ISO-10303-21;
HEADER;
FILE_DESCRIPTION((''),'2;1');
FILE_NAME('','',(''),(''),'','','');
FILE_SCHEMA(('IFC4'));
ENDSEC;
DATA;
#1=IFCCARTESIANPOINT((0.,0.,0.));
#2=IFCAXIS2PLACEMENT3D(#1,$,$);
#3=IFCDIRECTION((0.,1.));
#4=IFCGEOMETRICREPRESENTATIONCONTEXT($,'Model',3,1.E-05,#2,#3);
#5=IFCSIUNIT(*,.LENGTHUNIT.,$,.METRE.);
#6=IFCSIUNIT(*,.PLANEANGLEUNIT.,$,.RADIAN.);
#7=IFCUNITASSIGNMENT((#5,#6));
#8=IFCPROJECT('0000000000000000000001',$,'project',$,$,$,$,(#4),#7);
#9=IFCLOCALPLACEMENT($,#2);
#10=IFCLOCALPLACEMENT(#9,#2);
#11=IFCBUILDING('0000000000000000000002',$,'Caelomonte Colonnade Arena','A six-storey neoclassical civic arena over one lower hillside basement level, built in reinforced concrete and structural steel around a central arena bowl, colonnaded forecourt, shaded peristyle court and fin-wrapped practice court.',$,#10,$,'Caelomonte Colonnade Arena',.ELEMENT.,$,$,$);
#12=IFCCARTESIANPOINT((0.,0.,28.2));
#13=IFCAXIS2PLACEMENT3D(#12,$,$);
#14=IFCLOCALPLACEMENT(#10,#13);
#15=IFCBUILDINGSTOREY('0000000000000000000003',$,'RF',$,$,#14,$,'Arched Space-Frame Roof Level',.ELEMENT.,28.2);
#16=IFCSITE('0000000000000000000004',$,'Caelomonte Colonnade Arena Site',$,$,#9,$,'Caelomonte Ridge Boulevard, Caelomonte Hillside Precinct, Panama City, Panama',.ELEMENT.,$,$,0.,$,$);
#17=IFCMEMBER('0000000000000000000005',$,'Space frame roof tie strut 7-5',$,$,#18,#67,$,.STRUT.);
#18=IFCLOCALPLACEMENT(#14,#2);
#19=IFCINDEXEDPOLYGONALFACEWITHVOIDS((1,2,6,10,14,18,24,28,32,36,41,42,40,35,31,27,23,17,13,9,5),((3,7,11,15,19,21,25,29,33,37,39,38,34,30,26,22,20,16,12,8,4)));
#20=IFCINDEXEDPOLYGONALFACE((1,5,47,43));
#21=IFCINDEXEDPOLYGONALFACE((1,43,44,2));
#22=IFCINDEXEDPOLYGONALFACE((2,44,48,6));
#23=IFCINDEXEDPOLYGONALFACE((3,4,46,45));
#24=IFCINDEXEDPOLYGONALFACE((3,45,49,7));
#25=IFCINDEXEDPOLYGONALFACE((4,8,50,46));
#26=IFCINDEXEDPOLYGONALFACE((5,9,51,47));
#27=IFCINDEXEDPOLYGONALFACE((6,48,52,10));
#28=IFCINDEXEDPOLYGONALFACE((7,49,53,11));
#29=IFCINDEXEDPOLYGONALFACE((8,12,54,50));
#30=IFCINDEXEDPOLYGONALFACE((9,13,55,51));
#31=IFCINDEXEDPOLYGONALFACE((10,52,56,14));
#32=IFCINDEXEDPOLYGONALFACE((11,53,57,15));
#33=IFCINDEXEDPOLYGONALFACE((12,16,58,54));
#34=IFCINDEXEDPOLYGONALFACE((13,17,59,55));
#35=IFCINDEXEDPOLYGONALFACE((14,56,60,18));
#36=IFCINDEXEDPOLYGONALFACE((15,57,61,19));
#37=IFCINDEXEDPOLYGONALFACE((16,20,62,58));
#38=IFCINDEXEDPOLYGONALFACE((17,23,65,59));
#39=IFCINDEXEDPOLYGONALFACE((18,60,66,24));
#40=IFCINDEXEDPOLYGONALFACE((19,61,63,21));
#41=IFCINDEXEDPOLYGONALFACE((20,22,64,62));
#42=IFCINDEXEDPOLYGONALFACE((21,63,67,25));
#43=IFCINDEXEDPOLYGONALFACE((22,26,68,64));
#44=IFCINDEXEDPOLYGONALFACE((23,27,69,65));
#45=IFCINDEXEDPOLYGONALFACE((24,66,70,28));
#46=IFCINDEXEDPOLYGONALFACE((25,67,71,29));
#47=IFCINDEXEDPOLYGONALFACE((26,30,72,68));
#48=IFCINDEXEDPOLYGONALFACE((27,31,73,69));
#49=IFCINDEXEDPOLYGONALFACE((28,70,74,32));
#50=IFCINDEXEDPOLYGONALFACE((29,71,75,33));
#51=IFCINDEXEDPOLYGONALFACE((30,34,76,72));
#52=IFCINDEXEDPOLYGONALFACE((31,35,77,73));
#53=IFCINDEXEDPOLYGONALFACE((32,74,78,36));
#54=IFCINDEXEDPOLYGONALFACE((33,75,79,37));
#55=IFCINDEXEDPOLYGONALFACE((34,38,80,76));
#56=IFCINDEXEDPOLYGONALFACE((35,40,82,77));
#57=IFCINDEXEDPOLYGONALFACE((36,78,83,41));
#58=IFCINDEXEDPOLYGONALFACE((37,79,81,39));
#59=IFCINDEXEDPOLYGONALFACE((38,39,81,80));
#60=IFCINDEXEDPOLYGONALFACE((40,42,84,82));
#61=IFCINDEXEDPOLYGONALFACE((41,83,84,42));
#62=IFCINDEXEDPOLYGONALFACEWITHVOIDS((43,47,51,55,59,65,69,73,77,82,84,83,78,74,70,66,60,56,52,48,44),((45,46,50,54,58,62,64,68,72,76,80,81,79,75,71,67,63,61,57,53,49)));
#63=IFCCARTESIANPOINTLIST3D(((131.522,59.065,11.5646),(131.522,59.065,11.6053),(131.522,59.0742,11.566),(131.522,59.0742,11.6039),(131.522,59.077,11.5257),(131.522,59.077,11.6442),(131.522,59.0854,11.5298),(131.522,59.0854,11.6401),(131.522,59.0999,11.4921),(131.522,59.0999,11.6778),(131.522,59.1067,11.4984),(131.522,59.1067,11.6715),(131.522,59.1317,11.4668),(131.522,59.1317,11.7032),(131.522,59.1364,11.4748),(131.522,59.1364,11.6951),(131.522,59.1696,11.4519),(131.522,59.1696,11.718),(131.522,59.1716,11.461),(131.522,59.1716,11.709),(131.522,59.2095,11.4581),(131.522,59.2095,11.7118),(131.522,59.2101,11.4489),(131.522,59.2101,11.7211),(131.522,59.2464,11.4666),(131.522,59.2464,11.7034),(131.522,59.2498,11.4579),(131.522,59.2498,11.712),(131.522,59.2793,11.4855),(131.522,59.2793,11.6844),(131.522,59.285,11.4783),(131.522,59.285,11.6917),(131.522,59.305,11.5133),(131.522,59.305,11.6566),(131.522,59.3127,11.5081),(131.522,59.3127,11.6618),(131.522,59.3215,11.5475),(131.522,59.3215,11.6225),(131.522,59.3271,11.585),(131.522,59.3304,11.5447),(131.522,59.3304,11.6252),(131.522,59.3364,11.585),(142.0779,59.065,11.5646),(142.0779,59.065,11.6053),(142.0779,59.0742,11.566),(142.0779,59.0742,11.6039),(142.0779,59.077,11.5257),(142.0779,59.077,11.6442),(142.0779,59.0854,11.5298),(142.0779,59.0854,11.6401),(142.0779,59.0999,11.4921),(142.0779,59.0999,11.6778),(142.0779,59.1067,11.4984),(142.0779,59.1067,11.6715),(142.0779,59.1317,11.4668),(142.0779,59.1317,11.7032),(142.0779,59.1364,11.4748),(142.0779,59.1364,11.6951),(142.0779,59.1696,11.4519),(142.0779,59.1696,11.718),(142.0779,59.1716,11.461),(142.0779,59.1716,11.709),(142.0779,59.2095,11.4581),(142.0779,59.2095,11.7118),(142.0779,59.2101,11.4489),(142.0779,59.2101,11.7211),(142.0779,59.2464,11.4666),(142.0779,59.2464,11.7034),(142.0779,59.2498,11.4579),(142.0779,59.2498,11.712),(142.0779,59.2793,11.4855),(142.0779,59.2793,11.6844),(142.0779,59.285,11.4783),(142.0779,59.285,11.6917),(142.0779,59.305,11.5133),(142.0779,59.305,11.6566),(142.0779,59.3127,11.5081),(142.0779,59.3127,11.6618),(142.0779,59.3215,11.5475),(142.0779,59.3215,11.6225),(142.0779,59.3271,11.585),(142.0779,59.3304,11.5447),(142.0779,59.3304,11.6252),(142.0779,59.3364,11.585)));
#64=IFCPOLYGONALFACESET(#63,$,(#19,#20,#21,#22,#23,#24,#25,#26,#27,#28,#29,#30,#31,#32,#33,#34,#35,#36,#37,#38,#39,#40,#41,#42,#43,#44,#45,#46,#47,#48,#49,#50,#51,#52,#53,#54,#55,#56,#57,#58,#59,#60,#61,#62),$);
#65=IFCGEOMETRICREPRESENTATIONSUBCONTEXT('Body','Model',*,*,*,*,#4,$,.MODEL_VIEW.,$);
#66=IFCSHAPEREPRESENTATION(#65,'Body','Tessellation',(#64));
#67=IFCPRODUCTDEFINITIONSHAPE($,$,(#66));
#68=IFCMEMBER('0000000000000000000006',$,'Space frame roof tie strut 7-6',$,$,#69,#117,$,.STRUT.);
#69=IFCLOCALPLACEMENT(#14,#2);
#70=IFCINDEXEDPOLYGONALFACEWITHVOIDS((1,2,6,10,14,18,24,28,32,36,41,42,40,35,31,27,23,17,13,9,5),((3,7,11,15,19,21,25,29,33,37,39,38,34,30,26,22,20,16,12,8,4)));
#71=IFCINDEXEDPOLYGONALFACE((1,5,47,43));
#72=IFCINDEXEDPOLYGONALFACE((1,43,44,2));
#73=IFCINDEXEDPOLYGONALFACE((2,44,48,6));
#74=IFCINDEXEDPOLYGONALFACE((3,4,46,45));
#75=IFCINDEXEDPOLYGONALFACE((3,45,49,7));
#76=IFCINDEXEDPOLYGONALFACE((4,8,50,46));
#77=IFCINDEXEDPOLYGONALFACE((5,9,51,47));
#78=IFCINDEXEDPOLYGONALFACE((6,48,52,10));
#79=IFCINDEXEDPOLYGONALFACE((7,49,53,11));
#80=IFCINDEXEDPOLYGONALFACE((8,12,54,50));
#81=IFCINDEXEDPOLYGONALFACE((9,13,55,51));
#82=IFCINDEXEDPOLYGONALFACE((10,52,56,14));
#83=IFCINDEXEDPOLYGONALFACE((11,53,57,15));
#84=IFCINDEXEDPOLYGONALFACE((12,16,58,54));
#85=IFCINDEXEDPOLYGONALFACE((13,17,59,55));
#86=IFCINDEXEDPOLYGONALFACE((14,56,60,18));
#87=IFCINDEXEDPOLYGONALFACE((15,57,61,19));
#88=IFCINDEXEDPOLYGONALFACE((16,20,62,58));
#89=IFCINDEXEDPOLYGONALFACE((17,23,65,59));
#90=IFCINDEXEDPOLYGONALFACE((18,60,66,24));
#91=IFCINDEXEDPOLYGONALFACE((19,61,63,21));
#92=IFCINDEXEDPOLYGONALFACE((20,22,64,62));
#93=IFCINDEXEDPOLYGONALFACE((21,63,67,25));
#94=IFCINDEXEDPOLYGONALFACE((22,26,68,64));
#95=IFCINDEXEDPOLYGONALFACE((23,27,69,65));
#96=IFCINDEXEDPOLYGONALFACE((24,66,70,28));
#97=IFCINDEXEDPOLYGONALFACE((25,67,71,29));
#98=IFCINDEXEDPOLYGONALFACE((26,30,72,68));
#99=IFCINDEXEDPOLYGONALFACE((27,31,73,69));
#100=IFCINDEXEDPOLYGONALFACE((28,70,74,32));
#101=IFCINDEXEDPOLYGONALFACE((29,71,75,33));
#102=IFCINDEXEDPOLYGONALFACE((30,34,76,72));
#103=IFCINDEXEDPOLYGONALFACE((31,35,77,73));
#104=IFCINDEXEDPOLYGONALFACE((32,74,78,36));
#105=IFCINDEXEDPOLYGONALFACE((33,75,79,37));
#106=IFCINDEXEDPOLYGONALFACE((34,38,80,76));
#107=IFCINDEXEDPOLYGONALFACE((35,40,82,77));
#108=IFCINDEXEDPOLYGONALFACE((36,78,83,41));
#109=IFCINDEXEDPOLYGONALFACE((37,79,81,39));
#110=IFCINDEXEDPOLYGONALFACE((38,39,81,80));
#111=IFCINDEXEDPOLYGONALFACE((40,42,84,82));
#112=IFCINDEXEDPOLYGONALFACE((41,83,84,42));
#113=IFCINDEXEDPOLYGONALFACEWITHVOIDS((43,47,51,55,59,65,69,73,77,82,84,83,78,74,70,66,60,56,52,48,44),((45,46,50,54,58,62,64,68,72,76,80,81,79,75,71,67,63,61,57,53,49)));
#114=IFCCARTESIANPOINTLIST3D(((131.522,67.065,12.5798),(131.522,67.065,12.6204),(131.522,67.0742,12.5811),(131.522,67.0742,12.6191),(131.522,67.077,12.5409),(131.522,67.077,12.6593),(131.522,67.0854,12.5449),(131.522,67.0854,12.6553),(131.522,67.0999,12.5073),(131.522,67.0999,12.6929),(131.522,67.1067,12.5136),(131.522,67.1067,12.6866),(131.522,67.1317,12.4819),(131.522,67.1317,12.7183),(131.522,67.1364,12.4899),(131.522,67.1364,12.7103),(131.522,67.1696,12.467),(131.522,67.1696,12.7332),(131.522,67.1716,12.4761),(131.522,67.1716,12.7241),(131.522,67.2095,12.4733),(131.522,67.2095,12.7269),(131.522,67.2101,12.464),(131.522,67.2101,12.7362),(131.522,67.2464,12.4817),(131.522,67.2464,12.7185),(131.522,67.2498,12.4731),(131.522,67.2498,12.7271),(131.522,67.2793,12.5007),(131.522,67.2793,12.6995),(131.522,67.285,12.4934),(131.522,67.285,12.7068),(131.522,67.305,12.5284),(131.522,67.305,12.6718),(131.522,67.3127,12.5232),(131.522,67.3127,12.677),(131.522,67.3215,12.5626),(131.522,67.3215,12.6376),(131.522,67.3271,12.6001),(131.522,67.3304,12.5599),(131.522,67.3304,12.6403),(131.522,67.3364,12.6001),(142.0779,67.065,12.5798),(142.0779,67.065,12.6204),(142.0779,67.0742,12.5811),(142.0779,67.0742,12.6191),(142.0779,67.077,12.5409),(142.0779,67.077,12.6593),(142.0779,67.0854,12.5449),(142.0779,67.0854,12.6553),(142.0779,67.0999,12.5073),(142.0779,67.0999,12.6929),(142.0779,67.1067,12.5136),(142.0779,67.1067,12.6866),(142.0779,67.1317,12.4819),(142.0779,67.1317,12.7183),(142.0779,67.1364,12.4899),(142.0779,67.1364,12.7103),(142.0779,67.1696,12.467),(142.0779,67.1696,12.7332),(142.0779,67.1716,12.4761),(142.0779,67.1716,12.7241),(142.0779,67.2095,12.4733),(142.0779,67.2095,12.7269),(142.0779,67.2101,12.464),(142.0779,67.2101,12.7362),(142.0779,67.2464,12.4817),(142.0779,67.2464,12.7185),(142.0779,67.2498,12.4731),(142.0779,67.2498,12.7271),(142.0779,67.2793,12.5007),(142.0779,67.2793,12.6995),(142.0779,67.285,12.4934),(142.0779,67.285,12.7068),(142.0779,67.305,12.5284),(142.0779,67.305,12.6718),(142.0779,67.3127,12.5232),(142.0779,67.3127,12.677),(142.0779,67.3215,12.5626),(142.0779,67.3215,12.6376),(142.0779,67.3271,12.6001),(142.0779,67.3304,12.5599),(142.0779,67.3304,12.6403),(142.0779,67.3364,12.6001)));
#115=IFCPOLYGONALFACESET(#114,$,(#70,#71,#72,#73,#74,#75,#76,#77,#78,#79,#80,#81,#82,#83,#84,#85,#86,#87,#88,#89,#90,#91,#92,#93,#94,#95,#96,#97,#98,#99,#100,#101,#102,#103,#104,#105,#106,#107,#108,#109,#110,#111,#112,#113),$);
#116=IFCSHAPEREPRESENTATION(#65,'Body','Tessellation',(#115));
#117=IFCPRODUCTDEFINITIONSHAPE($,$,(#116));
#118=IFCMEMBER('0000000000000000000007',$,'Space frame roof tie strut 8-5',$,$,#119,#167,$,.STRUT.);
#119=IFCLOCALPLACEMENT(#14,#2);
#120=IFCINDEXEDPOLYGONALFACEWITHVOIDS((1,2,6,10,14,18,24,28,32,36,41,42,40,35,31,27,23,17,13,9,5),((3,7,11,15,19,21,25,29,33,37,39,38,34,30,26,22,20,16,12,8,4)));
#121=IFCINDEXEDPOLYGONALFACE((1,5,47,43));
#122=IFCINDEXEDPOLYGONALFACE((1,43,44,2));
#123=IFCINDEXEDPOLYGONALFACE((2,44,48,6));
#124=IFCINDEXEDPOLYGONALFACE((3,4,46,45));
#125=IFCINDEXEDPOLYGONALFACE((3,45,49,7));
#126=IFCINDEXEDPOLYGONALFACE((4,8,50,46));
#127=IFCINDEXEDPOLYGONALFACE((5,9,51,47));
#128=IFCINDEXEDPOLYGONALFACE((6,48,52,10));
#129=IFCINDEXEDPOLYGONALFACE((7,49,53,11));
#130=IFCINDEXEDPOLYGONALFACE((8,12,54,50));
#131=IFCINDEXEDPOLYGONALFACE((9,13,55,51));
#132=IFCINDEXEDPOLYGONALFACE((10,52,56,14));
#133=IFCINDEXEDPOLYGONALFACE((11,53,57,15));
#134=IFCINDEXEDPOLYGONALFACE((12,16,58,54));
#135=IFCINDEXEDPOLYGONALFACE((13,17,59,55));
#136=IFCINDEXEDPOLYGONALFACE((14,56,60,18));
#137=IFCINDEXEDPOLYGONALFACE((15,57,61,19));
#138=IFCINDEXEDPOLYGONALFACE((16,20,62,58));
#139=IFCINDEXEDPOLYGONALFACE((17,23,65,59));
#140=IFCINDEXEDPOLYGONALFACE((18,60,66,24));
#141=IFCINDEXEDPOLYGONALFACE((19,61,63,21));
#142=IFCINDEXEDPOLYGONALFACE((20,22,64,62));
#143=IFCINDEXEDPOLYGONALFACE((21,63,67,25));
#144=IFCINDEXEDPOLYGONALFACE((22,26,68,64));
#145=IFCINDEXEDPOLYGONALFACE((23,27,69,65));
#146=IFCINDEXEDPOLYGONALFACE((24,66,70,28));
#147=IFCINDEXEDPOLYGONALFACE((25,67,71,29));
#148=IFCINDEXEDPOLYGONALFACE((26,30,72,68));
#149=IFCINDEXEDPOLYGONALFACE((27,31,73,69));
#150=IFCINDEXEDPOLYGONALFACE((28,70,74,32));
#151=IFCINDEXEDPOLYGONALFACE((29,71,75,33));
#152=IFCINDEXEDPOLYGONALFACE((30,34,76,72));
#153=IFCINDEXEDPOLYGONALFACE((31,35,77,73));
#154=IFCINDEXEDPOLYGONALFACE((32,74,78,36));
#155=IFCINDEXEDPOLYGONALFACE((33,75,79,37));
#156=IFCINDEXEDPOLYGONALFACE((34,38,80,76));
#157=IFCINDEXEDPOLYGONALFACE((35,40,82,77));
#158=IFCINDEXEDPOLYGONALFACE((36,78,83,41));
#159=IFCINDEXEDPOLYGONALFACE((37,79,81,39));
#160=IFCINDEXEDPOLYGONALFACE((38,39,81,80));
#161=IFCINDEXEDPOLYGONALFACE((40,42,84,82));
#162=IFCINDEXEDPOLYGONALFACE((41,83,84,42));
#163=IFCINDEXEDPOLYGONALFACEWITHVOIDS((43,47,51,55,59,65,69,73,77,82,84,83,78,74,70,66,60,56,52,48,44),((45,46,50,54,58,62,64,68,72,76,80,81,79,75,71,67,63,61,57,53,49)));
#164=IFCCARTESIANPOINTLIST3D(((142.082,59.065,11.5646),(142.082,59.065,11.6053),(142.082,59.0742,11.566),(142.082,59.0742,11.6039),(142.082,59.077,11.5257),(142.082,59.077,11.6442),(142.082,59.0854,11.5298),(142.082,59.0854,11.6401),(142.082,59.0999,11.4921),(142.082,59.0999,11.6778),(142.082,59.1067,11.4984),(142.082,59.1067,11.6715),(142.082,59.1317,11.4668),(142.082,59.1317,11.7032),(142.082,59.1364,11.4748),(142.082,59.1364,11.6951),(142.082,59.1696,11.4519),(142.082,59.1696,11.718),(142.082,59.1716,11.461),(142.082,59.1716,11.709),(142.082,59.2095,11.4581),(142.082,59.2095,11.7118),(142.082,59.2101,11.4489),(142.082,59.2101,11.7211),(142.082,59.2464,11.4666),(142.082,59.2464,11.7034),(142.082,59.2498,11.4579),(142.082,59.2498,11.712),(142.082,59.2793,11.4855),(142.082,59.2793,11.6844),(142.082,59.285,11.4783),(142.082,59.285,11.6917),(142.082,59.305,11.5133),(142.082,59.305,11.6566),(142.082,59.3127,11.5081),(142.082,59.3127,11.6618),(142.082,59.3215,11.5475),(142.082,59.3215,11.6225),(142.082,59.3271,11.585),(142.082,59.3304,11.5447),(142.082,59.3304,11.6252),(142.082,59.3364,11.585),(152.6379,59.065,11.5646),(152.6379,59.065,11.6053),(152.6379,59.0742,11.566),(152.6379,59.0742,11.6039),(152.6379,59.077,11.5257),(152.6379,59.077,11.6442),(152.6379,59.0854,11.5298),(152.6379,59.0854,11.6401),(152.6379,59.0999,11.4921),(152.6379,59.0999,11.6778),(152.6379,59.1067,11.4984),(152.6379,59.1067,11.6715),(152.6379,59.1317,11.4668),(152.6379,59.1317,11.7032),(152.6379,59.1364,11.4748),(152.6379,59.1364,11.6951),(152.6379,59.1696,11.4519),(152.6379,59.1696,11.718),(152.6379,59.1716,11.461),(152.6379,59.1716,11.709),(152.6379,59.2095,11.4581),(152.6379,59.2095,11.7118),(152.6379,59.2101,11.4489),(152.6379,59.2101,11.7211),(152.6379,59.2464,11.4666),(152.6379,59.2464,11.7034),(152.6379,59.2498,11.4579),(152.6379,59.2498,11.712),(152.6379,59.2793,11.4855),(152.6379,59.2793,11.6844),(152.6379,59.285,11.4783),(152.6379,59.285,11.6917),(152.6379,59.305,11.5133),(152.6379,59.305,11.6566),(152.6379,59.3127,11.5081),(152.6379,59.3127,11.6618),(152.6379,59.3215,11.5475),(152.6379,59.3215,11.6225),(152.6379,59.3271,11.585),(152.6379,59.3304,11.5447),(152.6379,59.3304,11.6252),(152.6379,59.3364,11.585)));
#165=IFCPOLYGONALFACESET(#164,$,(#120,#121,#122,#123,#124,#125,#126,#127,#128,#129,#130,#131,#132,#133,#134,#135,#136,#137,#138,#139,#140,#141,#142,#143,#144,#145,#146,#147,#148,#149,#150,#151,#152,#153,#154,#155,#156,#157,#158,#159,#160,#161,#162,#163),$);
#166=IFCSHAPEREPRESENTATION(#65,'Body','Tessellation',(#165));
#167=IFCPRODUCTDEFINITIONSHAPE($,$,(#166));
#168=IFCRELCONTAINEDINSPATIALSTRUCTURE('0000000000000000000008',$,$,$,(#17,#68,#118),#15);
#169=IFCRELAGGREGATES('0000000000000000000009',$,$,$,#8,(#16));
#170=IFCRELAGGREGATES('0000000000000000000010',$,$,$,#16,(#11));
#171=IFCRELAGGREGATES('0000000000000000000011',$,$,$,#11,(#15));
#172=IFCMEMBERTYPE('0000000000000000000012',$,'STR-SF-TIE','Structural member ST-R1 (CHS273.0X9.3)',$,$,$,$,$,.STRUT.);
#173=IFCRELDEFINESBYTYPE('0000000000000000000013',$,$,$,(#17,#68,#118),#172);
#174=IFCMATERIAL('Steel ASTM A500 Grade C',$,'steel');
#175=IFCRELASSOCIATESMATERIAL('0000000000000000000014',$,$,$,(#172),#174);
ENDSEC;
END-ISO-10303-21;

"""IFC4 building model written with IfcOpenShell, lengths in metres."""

from ifc_helpers import new_model, si_unit, direction, frame, origin, origin_2d, place, context, subcontext, project, spatial, hollow_circle, extrude, material, material_profile, profile_set, type_object, element, save


model = new_model("IFC4")

# Units and contexts
model_context = context("Model", 3, precision=1e-05, world=origin(), true_north=direction((0.0, 1.0)))
body_context = subcontext(model_context, "Body", "Model", "MODEL_VIEW")
ifc_project = project(units=[si_unit("LENGTHUNIT", "METRE"), si_unit("PLANEANGLEUNIT", "RADIAN")], contexts=[model_context])

# Site, building, storey
site_placement = place(None, origin())
site = spatial("IfcSite", under=ifc_project, at=site_placement, Name="Caelomonte Colonnade Arena Site", LongName="Caelomonte Ridge Boulevard, Caelomonte Hillside Precinct, Panama City, Panama", CompositionType="ELEMENT", RefElevation=0.0)
building_placement = place(site_placement, origin())
building = spatial("IfcBuilding", under=site, at=building_placement, Name="Caelomonte Colonnade Arena", Description="A six-storey neoclassical civic arena over one lower hillside basement level, built in reinforced concrete and structural steel around a central arena bowl, colonnaded forecourt, shaded peristyle court and fin-wrapped practice court.", LongName="Caelomonte Colonnade Arena", CompositionType="ELEMENT")
storey_placement = place(building_placement, frame((0.0, 0.0, 28.2)))
storey = spatial("IfcBuildingStorey", under=building, at=storey_placement, Name="RF", LongName="Arched Space-Frame Roof Level", CompositionType="ELEMENT", Elevation=28.2)

# Members
ifc_material_1 = material(Name="Steel ASTM A500 Grade C", Category="steel")
ifc_material_profile_1 = material_profile(ifc_material_1, hollow_circle(Radius=0.1365, WallThickness=0.0093, at=origin_2d()), Name="CHS273.0X9.3")
ifc_profile_set_1 = profile_set([ifc_material_profile_1], Name="Steel ASTM A500 Grade C")
member_type_1 = type_object("IfcMemberType", Name="STR-SF-TIE", Description="Structural member ST-R1 (CHS273.0X9.3)", PredefinedType="STRUT", material=ifc_profile_set_1)
for number, where, z_axis, x_axis, name in (
    (1, (131.522, 59.2, 11.585), (1.0, 0.0, 0.0), (0.0, 1.0, 0.0), "Space frame roof tie strut 7-5"),
    (2, (131.522, 67.2, 12.6001), (1.0, 0.0, 0.0), (0.0, 1.0, 0.0), "Space frame roof tie strut 7-6"),
    (3, (142.082, 59.2, 11.585), (1.0, 0.0, 0.0), (0.0, 1.0, 0.0), "Space frame roof tie strut 8-5"),
):
    element("IfcMember", number, at=place(storey_placement, frame(where, z_axis=z_axis, x_axis=x_axis)), inside=storey, type_object=member_type_1, Name=name, PredefinedType="STRUT", context=body_context, shape_type="SweptSolid", body=[
        extrude(hollow_circle(Radius=0.1365, WallThickness=0.0093, at=origin_2d()), origin(), (0.0, 0.0, 1.0), 10.5559),
    ])

save(model, "model.ifc")
